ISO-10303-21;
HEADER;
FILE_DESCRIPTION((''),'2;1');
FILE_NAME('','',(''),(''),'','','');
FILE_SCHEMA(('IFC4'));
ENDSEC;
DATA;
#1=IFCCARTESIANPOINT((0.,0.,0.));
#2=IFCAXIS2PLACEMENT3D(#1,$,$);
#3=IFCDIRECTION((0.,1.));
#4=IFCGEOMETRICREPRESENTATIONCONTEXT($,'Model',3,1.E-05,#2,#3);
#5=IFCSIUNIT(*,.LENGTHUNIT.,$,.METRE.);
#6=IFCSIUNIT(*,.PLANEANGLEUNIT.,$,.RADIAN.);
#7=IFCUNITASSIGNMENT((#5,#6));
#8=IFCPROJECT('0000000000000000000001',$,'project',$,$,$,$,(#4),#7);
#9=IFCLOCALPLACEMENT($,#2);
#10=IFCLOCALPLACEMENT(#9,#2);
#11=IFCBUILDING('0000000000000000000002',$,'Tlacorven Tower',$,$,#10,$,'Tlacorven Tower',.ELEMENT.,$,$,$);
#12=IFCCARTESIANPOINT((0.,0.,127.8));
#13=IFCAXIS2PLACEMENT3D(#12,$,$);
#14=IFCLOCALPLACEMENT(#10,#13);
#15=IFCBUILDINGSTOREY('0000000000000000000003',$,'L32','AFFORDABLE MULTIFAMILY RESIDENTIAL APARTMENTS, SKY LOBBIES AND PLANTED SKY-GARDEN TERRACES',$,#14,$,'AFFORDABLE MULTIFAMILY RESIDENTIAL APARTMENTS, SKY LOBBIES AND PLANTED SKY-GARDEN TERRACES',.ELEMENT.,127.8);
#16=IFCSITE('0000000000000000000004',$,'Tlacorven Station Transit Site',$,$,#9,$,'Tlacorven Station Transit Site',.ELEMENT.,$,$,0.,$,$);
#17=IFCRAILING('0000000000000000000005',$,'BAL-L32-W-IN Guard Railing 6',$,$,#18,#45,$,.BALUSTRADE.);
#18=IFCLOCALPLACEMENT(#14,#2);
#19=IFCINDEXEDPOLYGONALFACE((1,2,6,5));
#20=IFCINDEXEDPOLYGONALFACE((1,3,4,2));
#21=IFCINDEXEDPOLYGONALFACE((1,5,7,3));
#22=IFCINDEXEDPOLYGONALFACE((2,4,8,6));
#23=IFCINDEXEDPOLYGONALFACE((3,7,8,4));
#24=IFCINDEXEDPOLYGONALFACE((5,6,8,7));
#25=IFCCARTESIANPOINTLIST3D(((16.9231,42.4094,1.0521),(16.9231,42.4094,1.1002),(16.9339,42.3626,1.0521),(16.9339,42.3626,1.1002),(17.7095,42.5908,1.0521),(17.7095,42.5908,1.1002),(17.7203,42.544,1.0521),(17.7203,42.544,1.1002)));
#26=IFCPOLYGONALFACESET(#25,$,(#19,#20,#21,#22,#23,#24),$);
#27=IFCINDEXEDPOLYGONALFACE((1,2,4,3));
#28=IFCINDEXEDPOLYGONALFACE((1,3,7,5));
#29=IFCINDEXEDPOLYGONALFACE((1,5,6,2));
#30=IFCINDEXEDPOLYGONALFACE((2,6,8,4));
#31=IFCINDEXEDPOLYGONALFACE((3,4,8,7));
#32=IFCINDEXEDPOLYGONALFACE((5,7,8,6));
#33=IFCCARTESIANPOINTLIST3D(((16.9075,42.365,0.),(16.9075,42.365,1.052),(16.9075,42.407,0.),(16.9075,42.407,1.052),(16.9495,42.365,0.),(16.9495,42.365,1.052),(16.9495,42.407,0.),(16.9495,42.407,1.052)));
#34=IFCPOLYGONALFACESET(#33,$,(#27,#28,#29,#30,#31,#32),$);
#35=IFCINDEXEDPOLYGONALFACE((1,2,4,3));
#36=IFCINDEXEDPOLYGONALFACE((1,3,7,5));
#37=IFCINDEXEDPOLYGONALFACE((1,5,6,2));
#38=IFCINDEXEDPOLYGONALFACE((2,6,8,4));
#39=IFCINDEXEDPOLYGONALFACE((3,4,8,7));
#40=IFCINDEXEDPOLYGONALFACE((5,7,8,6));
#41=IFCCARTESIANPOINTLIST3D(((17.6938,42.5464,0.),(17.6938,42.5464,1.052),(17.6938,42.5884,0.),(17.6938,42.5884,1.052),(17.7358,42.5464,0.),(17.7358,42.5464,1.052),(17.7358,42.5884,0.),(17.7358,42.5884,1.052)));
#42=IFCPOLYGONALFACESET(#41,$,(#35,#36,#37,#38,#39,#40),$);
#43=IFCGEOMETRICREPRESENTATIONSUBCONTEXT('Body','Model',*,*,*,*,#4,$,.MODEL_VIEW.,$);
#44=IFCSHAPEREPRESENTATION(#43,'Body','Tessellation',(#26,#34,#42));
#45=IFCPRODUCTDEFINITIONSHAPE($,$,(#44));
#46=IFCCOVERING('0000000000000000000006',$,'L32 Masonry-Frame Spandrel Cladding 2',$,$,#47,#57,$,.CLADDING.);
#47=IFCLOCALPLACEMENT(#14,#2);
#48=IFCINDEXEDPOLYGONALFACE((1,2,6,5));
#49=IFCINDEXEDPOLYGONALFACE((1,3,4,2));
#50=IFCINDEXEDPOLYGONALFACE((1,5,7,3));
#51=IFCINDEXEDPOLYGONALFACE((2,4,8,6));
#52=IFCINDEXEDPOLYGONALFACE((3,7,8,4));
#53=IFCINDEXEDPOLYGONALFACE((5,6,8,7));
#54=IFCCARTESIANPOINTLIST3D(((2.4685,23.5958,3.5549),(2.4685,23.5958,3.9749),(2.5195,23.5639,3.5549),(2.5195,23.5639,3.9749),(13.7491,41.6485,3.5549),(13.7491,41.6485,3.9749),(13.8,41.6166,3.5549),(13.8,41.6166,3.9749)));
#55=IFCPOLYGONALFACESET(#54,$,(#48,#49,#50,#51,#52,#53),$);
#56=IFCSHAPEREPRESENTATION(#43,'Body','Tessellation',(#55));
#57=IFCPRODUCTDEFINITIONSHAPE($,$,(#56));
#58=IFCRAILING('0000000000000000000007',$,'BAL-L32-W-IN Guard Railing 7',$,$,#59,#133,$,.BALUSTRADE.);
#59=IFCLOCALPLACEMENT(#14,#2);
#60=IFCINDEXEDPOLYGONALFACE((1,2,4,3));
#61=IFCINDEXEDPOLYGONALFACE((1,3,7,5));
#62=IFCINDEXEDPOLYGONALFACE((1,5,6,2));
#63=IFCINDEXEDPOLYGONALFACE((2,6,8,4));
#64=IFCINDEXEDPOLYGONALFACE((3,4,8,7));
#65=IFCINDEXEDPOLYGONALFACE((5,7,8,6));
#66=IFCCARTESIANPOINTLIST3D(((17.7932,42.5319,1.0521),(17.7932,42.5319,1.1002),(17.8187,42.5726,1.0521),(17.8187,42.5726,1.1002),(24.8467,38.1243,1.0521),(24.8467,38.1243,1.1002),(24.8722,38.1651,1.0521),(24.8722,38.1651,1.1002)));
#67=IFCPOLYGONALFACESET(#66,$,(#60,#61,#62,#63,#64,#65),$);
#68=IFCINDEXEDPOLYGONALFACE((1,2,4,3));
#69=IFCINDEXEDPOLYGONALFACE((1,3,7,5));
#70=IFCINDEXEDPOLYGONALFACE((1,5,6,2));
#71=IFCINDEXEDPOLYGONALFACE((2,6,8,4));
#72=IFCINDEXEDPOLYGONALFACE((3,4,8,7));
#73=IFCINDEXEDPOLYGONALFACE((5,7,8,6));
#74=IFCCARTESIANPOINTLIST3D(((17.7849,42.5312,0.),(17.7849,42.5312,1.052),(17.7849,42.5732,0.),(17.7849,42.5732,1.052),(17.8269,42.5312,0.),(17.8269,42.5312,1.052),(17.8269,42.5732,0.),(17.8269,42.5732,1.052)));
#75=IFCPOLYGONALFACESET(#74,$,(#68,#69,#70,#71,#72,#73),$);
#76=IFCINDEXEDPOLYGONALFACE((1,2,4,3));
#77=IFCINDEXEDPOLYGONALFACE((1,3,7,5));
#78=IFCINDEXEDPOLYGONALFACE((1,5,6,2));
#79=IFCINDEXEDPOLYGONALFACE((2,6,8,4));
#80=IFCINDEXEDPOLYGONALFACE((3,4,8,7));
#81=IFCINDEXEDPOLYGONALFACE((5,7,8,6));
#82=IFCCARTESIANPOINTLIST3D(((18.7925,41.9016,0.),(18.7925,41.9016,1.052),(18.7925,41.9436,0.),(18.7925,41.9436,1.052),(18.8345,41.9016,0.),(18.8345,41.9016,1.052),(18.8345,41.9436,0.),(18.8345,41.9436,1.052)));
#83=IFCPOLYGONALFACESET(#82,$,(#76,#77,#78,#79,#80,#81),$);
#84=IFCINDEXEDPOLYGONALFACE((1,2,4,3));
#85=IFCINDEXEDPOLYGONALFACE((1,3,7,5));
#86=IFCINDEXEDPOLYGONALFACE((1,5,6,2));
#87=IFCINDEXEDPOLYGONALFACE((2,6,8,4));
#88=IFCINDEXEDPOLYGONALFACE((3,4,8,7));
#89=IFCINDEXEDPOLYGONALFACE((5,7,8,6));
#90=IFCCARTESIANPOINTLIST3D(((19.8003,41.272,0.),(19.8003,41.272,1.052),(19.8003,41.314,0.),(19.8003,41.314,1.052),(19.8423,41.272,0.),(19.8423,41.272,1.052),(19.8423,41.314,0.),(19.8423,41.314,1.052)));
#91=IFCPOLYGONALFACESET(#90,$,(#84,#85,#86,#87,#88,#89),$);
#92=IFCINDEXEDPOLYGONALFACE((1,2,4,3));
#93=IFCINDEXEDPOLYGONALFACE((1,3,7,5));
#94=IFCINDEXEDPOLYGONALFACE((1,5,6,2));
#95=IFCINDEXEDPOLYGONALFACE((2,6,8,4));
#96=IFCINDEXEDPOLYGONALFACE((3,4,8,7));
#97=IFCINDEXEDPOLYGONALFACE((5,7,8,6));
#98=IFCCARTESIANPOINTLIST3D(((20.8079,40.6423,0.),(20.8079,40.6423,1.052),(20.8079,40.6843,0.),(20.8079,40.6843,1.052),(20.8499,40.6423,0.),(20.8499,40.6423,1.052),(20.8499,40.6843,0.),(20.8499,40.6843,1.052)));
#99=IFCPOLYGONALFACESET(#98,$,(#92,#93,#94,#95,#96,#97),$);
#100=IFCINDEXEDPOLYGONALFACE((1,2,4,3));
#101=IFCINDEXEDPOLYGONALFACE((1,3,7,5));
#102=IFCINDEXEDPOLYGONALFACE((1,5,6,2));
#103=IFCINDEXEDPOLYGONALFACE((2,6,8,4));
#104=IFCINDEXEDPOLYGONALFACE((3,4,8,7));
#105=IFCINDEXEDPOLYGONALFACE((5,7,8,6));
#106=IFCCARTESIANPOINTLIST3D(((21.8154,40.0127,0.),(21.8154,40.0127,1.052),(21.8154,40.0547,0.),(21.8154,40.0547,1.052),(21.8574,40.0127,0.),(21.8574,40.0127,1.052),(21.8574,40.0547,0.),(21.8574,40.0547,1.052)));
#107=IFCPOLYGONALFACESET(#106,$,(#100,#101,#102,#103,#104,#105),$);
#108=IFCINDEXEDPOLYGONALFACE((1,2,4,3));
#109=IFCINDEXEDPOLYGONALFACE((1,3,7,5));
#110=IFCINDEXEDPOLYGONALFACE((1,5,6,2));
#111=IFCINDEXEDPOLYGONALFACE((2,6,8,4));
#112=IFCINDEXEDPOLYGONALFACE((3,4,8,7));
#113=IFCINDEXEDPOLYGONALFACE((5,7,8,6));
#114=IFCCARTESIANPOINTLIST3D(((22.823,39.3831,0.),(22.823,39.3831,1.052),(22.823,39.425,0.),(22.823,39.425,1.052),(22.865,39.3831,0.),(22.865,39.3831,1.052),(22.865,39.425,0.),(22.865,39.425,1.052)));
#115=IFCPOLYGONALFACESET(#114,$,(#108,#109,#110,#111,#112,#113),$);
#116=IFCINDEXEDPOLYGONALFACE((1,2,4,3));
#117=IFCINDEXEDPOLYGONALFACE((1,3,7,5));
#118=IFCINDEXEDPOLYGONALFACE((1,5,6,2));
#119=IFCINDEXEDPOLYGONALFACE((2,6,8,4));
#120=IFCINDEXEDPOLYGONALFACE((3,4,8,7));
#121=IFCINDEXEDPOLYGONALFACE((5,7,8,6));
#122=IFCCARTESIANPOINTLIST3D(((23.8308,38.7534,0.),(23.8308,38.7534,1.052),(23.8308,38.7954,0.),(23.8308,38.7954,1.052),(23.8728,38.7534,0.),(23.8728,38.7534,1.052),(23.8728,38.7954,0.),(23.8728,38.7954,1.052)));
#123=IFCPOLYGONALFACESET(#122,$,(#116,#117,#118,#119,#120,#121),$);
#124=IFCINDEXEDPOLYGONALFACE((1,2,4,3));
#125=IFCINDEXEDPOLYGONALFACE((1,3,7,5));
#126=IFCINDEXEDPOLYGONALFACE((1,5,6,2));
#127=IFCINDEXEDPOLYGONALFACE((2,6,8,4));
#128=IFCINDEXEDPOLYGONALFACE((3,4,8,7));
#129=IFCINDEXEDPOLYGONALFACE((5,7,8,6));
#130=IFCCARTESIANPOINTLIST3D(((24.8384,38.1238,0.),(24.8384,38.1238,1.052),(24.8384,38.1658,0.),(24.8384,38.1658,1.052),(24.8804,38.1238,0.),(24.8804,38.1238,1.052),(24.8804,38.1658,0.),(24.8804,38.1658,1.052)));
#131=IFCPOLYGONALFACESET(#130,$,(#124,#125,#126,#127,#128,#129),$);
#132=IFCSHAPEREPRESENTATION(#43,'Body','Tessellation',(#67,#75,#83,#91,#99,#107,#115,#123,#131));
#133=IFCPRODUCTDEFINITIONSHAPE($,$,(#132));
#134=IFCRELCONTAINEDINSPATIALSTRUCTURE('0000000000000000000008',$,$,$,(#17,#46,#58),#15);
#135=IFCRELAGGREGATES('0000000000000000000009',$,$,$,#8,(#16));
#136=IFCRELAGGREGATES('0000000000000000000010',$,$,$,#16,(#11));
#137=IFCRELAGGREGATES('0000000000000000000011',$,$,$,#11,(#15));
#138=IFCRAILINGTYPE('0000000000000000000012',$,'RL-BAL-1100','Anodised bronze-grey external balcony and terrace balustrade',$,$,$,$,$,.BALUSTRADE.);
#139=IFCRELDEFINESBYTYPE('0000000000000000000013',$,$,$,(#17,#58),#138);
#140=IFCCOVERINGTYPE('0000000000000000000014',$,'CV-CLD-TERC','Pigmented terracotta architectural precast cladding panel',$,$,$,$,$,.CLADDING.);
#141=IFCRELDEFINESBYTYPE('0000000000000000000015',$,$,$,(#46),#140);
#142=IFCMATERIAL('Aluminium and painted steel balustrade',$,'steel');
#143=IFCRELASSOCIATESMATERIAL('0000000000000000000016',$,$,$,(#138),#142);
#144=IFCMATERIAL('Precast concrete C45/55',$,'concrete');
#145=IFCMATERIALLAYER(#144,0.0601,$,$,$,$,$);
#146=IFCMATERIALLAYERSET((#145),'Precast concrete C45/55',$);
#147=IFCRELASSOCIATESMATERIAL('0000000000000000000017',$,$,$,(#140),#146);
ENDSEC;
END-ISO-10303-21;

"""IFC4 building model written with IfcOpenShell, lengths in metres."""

from ifc_helpers import new_model, si_unit, direction, frame, origin, origin_2d, place, context, subcontext, project, spatial, rectangle, extrude, source, transform, mapped, material, layer, layer_set, type_object, element, save


model = new_model("IFC4")

# Units and contexts
model_context = context("Model", 3, precision=1e-05, world=origin(), true_north=direction((0.0, 1.0)))
body_context = subcontext(model_context, "Body", "Model", "MODEL_VIEW")
ifc_project = project(units=[si_unit("LENGTHUNIT", "METRE"), si_unit("PLANEANGLEUNIT", "RADIAN")], contexts=[model_context])

# Site, building, storey
site_placement = place(None, origin())
site = spatial("IfcSite", under=ifc_project, at=site_placement, Name="Tlacorven Station Transit Site", LongName="Tlacorven Station Transit Site", CompositionType="ELEMENT", RefElevation=0.0)
building_placement = place(site_placement, origin())
building = spatial("IfcBuilding", under=site, at=building_placement, Name="Tlacorven Tower", LongName="Tlacorven Tower", CompositionType="ELEMENT")
storey_placement = place(building_placement, frame((0.0, 0.0, 127.8)))
storey = spatial("IfcBuildingStorey", under=building, at=storey_placement, Name="L32", Description="AFFORDABLE MULTIFAMILY RESIDENTIAL APARTMENTS, SKY LOBBIES AND PLANTED SKY-GARDEN TERRACES", LongName="AFFORDABLE MULTIFAMILY RESIDENTIAL APARTMENTS, SKY LOBBIES AND PLANTED SKY-GARDEN TERRACES", CompositionType="ELEMENT", Elevation=127.8)

# Shared definitions
ifc_material_1 = material(Name="Precast concrete C45/55", Category="concrete")

# Railing
ifc_material_2 = material(Name="Aluminium and painted steel balustrade", Category="steel")
railing_type = type_object("IfcRailingType", Name="RL-BAL-1100", Description="Anodised bronze-grey external balcony and terrace balustrade", PredefinedType="BALUSTRADE", material=ifc_material_2)
shared_shape_1 = source(origin(), body_context, "Body", "SweptSolid", [
    extrude(rectangle(XDim=0.0481, YDim=0.0481, at=origin_2d()), frame((0.0, 0.0, 1.0762), z_axis=(0.974412, 0.224771, 0.0), x_axis=(-0.224771, 0.974412, 0.0)), (0.0, 0.0, 1.0), 0.8071),
    extrude(rectangle(XDim=0.042, YDim=0.042, at=origin_2d()), origin(), (0.0, 0.0, 1.0), 1.052),
    extrude(rectangle(XDim=0.042, YDim=0.042, at=origin_2d()), frame((0.7864, 0.1814, 0.0)), (0.0, 0.0, 1.0), 1.052),
])
railing_1_placement = place(storey_placement, frame((16.9285, 42.386, 0.0)))
element("IfcRailing", 1, at=railing_1_placement, inside=storey, type_object=railing_type, Name="BAL-L32-W-IN Guard Railing 6", PredefinedType="BALUSTRADE", context=body_context, shape_type="MappedRepresentation", body=[
    mapped(shared_shape_1, transform((0.0, 0.0, 0.0), scale=1.0)),
])

# Covering
ifc_layer_1 = layer(ifc_material_1, 0.0601)
ifc_layer_set_1 = layer_set([ifc_layer_1], Name="Precast concrete C45/55")
covering_type = type_object("IfcCoveringType", Name="CV-CLD-TERC", Description="Pigmented terracotta architectural precast cladding panel", PredefinedType="CLADDING", material=ifc_layer_set_1)
shared_shape_2 = source(origin(), body_context, "Body", "SweptSolid", [
    extrude(rectangle(XDim=21.2874, YDim=0.0601, at=origin_2d()), origin(), (0.0, 0.0, 1.0), 0.4199),
])
covering_placement = place(storey_placement, frame((8.1343, 32.6062, 3.5549), z_axis=(0.0, 0.0, 1.0), x_axis=(0.529919, 0.848048, 0.0)))
element("IfcCovering", 2, at=covering_placement, inside=storey, type_object=covering_type, Name="L32 Masonry-Frame Spandrel Cladding 2", PredefinedType="CLADDING", context=body_context, shape_type="MappedRepresentation", body=[
    mapped(shared_shape_2, transform((0.0, 0.0, 0.0), scale=1.0)),
])

# Railing
shared_shape_3 = source(origin(), body_context, "Body", "SweptSolid", [
    extrude(rectangle(XDim=0.0481, YDim=0.0481, at=origin_2d()), frame((0.0, 0.0, 1.0762), z_axis=(0.848049, -0.529917, 0.0), x_axis=(0.529917, 0.848049, 0.0)), (0.0, 0.0, 1.0), 8.3174),
    extrude(rectangle(XDim=0.042, YDim=0.042, at=origin_2d()), origin(), (0.0, 0.0, 1.0), 1.052),
    extrude(rectangle(XDim=0.042, YDim=0.042, at=origin_2d()), frame((1.0076, -0.6296, 0.0)), (0.0, 0.0, 1.0), 1.052),
    extrude(rectangle(XDim=0.042, YDim=0.042, at=origin_2d()), frame((2.0154, -1.2593, 0.0)), (0.0, 0.0, 1.0), 1.052),
    extrude(rectangle(XDim=0.042, YDim=0.042, at=origin_2d()), frame((3.0229, -1.8889, 0.0)), (0.0, 0.0, 1.0), 1.052),
    extrude(rectangle(XDim=0.042, YDim=0.042, at=origin_2d()), frame((4.0305, -2.5186, 0.0)), (0.0, 0.0, 1.0), 1.052),
    extrude(rectangle(XDim=0.042, YDim=0.042, at=origin_2d()), frame((5.0381, -3.1482, 0.0)), (0.0, 0.0, 1.0), 1.052),
    extrude(rectangle(XDim=0.042, YDim=0.042, at=origin_2d()), frame((6.0459, -3.7778, 0.0)), (0.0, 0.0, 1.0), 1.052),
    extrude(rectangle(XDim=0.042, YDim=0.042, at=origin_2d()), frame((7.0535, -4.4075, 0.0)), (0.0, 0.0, 1.0), 1.052),
])
railing_2_placement = place(storey_placement, frame((17.8059, 42.5522, 0.0)))
element("IfcRailing", 3, at=railing_2_placement, inside=storey, type_object=railing_type, Name="BAL-L32-W-IN Guard Railing 7", PredefinedType="BALUSTRADE", context=body_context, shape_type="MappedRepresentation", body=[
    mapped(shared_shape_3, transform((0.0, 0.0, 0.0), scale=1.0)),
])

save(model, "model.ifc")
